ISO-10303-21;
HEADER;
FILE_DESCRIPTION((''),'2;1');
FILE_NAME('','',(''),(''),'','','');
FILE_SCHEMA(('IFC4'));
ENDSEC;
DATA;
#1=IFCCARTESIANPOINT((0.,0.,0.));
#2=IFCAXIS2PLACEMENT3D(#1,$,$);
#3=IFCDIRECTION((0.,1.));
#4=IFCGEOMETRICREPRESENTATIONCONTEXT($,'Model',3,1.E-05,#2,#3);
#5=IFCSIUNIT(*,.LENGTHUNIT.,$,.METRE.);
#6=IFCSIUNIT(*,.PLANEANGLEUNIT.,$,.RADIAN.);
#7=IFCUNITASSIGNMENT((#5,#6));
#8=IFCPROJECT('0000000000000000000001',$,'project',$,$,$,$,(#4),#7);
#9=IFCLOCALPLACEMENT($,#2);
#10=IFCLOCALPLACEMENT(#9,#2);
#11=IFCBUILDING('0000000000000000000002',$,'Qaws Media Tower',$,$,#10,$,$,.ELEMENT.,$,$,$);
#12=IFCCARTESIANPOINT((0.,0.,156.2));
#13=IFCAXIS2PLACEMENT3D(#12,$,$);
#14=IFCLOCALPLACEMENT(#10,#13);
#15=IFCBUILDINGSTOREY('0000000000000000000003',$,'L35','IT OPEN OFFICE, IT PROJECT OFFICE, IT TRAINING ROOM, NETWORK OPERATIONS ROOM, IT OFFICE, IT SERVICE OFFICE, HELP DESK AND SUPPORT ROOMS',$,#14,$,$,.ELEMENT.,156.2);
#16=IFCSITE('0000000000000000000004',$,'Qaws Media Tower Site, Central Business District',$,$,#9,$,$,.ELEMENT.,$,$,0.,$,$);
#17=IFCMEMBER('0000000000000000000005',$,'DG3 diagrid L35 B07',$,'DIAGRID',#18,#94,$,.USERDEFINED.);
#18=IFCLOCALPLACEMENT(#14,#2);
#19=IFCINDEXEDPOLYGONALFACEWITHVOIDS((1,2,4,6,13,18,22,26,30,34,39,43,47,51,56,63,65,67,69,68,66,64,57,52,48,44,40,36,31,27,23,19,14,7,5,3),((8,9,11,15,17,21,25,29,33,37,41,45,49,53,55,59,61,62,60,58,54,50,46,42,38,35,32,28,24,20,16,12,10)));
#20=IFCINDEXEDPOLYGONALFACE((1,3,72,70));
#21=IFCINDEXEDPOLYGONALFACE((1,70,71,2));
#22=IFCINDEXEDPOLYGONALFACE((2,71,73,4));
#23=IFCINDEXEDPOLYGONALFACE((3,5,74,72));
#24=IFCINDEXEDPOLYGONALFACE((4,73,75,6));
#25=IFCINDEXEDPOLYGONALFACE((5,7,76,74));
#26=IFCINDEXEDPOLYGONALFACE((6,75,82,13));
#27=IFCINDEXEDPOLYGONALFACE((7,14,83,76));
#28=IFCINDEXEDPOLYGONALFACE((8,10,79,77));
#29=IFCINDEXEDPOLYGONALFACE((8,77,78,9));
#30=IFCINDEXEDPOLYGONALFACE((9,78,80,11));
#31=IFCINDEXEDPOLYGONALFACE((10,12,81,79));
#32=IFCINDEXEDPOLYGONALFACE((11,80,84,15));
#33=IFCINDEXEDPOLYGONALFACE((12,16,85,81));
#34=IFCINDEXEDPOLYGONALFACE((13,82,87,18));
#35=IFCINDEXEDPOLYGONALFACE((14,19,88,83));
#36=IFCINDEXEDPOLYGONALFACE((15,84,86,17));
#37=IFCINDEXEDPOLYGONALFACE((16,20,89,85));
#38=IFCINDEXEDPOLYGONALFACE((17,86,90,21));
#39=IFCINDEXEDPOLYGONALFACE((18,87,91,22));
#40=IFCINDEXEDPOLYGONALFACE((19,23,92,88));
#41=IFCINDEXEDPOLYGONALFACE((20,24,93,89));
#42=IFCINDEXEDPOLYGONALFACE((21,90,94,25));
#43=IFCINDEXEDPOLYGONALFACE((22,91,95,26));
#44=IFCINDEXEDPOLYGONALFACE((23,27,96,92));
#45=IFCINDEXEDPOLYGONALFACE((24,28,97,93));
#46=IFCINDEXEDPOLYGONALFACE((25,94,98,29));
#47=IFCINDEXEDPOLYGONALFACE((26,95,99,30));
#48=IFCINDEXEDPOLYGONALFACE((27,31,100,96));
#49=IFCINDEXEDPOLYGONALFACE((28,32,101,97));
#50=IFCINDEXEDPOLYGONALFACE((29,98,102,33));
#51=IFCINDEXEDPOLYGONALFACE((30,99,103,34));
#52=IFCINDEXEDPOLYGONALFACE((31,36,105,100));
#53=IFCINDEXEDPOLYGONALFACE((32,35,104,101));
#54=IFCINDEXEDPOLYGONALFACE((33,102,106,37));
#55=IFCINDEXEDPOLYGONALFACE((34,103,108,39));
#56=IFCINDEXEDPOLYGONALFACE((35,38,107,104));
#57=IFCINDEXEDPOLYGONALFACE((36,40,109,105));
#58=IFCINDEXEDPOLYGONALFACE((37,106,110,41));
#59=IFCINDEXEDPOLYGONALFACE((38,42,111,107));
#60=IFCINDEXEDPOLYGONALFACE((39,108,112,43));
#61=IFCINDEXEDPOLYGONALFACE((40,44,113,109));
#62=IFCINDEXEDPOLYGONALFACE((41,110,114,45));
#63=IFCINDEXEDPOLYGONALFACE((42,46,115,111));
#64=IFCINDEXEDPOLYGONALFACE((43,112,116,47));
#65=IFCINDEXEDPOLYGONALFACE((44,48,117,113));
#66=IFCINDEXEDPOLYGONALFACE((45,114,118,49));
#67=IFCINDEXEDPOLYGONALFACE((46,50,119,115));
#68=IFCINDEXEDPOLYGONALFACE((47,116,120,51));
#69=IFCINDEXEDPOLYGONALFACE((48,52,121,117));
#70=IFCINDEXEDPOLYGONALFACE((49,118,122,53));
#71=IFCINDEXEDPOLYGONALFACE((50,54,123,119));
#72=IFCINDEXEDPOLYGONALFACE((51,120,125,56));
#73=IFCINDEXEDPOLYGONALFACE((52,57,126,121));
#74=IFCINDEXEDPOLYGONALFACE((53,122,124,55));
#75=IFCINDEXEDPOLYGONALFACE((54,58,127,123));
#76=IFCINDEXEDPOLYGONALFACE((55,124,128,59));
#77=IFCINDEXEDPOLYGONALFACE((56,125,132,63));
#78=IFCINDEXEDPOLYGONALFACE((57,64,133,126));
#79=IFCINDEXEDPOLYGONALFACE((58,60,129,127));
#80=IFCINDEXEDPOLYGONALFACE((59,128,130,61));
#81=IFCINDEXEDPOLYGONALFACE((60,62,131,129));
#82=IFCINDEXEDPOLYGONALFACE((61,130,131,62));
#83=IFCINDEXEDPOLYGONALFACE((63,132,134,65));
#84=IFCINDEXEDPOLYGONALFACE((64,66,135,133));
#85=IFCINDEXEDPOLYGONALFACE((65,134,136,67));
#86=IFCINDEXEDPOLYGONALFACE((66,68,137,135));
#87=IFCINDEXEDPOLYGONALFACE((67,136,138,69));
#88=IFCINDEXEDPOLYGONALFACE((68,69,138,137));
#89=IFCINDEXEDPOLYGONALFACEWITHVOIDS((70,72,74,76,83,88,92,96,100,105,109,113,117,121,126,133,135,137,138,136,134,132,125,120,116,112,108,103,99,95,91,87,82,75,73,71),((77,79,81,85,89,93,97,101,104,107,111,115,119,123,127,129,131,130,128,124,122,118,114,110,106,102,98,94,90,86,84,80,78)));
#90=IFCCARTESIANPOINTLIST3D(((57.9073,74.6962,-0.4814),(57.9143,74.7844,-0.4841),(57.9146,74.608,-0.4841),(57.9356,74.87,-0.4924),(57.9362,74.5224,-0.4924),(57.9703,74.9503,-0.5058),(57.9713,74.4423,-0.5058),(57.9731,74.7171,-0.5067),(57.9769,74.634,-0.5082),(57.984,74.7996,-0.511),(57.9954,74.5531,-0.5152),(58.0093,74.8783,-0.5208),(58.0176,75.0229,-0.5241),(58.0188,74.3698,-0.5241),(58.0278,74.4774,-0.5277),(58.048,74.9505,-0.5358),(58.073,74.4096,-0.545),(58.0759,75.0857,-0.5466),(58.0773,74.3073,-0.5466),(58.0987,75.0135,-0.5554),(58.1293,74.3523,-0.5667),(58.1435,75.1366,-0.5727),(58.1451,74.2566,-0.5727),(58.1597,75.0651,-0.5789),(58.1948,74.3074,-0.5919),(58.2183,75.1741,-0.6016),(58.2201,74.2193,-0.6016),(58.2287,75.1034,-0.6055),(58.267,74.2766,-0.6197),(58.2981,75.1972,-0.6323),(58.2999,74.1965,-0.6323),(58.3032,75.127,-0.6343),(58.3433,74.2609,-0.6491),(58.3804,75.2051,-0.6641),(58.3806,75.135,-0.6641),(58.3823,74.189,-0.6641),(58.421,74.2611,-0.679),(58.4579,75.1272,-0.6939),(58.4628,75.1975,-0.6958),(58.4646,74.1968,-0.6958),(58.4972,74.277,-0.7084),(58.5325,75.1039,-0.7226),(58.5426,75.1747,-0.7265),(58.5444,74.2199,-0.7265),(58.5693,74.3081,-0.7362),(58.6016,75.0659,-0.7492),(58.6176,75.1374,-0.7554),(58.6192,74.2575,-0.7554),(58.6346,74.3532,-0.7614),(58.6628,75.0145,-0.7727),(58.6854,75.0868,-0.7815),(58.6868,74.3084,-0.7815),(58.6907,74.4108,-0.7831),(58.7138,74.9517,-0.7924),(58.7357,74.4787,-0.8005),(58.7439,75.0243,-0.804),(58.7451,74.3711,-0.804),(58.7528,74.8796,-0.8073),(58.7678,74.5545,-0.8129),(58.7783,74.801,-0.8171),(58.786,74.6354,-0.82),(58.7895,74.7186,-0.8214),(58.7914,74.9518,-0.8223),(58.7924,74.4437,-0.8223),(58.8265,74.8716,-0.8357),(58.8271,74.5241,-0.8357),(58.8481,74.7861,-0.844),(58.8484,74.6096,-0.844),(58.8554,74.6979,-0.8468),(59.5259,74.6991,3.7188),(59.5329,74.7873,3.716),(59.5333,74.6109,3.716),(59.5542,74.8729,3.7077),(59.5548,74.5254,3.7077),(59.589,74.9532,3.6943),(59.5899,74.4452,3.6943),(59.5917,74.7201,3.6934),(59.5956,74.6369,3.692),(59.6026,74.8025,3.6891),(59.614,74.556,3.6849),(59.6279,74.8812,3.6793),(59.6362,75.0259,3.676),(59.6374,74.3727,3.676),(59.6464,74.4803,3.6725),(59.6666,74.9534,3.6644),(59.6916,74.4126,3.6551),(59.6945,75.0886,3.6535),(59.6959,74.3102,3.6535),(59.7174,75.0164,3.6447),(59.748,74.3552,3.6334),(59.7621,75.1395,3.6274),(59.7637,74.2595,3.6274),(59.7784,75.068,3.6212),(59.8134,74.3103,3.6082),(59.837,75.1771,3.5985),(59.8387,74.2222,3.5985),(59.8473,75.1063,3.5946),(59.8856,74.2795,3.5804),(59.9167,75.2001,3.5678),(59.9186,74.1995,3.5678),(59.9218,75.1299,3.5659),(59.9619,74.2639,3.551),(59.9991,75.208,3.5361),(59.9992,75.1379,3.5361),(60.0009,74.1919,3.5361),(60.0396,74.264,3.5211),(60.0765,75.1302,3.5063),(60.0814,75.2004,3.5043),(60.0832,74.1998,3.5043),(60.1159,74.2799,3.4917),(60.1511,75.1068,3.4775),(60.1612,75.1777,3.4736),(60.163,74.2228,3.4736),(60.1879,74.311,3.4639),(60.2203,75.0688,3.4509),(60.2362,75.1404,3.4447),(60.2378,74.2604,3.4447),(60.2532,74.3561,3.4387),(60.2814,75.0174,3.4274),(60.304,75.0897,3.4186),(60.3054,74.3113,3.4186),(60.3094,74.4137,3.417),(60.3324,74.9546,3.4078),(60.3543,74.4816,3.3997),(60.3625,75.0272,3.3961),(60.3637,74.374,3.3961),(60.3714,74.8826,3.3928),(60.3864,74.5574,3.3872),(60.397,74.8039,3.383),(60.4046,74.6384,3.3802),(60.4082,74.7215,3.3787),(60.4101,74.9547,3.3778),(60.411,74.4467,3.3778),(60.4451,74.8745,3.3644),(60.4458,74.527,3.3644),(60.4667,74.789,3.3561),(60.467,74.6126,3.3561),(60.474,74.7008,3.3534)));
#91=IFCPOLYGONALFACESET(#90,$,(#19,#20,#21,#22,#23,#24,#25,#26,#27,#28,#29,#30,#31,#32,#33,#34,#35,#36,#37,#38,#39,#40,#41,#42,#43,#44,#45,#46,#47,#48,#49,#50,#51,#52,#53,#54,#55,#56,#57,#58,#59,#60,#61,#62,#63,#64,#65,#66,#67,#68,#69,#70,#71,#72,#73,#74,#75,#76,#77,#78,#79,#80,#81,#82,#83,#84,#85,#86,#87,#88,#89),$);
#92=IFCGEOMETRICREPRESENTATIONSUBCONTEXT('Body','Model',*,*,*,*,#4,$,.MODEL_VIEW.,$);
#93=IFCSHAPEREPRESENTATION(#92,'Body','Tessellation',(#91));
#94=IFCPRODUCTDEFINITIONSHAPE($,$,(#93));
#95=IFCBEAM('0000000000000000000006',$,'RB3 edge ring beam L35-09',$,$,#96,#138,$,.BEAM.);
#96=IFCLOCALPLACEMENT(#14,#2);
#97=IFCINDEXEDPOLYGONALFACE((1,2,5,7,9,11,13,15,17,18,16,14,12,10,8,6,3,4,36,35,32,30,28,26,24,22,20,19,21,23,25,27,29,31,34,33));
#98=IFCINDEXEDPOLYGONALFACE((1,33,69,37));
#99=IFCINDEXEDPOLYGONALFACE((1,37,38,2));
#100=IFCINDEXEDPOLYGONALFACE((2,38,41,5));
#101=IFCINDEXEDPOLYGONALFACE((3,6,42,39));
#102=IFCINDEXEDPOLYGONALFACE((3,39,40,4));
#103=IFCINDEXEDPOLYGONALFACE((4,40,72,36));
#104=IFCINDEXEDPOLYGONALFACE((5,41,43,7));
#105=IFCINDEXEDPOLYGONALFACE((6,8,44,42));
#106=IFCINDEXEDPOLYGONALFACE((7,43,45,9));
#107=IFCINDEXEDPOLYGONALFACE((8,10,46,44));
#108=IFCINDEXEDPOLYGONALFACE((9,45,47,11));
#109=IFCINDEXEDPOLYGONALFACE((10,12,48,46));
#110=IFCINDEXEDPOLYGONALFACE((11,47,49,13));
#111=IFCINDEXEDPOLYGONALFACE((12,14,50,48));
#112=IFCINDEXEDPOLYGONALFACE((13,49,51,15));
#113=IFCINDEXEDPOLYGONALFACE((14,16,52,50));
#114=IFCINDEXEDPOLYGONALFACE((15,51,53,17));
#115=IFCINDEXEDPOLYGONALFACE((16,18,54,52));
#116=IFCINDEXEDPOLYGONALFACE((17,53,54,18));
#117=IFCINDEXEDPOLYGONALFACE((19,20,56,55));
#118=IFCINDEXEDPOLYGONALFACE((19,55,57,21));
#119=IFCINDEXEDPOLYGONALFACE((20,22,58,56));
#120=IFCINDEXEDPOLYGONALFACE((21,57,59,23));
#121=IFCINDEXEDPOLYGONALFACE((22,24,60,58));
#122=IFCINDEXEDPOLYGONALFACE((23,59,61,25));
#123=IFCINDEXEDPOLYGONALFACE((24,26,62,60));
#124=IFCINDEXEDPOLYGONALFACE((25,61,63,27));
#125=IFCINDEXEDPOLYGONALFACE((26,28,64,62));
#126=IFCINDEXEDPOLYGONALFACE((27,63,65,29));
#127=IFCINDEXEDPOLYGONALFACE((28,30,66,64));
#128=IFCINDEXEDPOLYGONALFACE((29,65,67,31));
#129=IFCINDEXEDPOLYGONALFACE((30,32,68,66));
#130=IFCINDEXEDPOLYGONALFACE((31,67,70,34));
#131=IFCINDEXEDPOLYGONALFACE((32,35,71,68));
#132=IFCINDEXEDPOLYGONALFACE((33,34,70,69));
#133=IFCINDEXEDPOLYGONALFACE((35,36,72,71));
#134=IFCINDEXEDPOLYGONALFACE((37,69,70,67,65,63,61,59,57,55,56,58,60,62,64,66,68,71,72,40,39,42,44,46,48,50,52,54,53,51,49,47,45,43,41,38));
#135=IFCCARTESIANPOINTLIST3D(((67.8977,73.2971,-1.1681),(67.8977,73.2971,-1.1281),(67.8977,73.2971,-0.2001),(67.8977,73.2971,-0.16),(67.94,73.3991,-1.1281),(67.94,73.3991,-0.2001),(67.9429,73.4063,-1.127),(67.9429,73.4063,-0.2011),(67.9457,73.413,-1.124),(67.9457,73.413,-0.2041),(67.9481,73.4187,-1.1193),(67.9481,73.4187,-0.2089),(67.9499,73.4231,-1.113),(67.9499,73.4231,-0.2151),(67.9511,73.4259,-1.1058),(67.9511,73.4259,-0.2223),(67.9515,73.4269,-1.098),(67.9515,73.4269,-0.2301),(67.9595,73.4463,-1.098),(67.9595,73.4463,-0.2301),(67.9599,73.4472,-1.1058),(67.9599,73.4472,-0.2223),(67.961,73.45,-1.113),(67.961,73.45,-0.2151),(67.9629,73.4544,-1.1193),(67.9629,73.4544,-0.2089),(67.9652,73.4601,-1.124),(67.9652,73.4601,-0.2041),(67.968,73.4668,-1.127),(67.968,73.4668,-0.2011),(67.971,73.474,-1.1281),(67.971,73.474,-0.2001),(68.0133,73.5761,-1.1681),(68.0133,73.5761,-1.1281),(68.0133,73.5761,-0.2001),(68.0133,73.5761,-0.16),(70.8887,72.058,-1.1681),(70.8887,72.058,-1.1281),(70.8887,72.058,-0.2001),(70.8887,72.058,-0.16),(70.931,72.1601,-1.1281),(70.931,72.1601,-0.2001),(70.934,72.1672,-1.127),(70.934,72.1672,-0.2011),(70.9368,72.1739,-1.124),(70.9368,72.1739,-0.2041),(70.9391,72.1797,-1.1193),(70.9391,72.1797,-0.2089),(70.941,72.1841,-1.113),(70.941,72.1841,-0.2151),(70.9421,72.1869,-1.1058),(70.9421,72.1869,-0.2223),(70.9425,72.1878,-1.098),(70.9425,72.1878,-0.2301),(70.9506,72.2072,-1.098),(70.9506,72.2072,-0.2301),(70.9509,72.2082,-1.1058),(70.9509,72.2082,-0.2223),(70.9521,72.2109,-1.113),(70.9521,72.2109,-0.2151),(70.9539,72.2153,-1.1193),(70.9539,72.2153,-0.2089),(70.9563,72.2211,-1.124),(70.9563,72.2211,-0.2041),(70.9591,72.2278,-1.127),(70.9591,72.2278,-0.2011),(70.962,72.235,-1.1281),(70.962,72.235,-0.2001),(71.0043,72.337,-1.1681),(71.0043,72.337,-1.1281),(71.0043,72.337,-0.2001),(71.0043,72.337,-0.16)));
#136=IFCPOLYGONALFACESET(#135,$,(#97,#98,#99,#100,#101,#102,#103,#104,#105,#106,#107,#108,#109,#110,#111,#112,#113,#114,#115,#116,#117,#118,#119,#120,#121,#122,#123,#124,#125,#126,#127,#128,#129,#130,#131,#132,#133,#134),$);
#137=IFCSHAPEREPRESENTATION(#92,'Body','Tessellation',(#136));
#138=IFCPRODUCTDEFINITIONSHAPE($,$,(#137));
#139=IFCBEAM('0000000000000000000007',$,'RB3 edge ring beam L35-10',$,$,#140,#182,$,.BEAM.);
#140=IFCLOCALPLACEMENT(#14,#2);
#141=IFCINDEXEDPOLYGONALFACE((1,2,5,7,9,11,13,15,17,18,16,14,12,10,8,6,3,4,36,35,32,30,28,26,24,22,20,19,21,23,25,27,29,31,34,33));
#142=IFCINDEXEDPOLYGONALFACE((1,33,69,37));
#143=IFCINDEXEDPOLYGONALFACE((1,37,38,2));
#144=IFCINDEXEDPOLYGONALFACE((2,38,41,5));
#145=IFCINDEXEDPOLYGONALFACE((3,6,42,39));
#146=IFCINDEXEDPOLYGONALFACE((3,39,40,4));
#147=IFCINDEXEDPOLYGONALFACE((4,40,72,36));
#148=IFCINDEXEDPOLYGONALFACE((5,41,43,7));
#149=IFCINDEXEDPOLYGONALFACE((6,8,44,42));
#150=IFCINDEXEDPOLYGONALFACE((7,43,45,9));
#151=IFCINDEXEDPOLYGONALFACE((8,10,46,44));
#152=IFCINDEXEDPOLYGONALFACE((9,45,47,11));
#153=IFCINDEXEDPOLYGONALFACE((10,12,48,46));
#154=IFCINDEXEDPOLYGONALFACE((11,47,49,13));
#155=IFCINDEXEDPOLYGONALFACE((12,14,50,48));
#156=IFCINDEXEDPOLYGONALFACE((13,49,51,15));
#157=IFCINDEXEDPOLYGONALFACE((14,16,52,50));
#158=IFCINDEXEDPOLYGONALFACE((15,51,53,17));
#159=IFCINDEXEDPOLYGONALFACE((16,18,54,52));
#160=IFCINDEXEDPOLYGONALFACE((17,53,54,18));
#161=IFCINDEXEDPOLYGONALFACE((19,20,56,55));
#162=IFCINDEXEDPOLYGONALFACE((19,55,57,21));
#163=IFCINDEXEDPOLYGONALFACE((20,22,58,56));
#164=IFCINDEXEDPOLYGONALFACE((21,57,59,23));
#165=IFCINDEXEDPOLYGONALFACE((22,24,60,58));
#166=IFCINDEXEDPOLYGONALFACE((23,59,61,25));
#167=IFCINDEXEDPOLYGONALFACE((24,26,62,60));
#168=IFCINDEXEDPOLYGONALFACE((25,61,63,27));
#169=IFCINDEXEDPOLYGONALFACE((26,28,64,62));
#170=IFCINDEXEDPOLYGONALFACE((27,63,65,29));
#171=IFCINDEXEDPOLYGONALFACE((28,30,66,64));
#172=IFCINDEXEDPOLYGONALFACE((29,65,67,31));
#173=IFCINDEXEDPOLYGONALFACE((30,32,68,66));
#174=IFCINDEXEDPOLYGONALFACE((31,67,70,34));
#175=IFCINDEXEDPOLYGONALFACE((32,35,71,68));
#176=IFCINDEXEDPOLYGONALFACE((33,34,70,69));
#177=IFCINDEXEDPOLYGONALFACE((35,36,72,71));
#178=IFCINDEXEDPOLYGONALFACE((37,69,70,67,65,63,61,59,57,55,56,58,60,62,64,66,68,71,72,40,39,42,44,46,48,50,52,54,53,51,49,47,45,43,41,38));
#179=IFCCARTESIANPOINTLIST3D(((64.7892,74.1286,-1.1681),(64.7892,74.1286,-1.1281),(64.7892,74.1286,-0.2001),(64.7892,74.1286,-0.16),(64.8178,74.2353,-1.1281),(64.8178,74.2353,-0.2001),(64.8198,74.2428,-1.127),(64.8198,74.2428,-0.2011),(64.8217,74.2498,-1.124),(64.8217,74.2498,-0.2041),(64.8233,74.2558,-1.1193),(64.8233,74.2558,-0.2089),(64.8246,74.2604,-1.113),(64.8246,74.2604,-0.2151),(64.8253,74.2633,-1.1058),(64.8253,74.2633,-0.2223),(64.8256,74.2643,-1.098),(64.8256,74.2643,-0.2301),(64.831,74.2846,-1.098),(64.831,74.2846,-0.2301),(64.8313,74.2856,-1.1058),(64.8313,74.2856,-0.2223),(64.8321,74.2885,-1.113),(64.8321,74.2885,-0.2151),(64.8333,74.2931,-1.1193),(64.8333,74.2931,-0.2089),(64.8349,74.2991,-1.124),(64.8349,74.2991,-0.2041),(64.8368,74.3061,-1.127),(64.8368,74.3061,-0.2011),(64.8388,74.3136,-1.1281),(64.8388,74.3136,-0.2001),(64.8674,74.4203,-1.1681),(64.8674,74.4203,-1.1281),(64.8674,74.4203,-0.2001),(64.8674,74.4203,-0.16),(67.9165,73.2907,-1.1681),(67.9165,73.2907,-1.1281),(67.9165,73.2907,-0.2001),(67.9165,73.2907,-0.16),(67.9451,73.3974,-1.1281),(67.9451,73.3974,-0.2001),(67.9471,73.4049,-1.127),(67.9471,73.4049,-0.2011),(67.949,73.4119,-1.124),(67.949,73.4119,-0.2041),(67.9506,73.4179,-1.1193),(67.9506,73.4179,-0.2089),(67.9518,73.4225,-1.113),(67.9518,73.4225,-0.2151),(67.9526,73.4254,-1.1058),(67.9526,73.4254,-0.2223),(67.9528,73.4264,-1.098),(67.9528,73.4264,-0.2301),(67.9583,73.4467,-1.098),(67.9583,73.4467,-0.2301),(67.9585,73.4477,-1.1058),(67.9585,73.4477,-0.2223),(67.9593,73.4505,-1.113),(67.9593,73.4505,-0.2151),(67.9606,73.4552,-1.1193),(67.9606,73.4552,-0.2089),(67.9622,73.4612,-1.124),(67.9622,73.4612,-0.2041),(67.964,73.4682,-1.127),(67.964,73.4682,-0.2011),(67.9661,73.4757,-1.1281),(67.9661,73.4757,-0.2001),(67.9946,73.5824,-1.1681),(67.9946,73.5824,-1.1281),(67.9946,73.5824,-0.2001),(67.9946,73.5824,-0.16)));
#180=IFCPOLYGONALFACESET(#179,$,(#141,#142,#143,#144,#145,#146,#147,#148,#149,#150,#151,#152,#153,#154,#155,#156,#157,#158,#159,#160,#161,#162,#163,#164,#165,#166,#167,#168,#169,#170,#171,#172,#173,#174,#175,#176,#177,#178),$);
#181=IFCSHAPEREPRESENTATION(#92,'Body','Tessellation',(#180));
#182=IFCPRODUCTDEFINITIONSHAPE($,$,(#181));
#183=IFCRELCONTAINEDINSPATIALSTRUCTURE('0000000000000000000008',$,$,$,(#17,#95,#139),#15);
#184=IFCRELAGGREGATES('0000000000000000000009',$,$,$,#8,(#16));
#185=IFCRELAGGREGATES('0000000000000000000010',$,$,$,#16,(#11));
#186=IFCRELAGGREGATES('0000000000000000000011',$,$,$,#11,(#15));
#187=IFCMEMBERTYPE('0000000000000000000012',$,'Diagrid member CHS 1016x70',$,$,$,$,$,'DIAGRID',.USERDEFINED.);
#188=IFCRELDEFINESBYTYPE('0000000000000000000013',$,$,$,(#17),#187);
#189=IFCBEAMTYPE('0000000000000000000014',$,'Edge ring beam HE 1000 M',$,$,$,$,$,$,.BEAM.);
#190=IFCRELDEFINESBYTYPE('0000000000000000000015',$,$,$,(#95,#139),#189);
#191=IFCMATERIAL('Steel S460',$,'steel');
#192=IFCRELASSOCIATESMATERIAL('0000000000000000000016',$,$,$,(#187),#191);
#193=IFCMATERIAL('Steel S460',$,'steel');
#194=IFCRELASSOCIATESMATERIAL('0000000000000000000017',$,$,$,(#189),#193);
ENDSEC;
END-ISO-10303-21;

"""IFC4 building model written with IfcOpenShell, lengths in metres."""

from ifc_helpers import new_model, si_unit, direction, frame, origin, origin_2d, place, context, subcontext, project, spatial, hollow_circle, i_section, extrude, material, material_profile, profile_set, type_object, element, save


model = new_model("IFC4")

# Units and contexts
model_context = context("Model", 3, precision=1e-05, world=origin(), true_north=direction((0.0, 1.0)))
body_context = subcontext(model_context, "Body", "Model", "MODEL_VIEW")
ifc_project = project(units=[si_unit("LENGTHUNIT", "METRE"), si_unit("PLANEANGLEUNIT", "RADIAN")], contexts=[model_context])

# Site, building, storey
site_placement = place(None, origin())
site = spatial("IfcSite", under=ifc_project, at=site_placement, Name="Qaws Media Tower Site, Central Business District", CompositionType="ELEMENT", RefElevation=0.0)
building_placement = place(site_placement, origin())
building = spatial("IfcBuilding", under=site, at=building_placement, Name="Qaws Media Tower", CompositionType="ELEMENT")
storey_placement = place(building_placement, frame((0.0, 0.0, 156.2)))
storey = spatial("IfcBuildingStorey", under=building, at=storey_placement, Name="L35", Description="IT OPEN OFFICE, IT PROJECT OFFICE, IT TRAINING ROOM, NETWORK OPERATIONS ROOM, IT OFFICE, IT SERVICE OFFICE, HELP DESK AND SUPPORT ROOMS", CompositionType="ELEMENT", Elevation=156.2)

# Member
ifc_material_1 = material(Name="Steel S460", Category="steel")
ifc_material_profile_1 = material_profile(ifc_material_1, hollow_circle(Radius=0.5081, WallThickness=0.0701, at=origin_2d()), Name="CHS 1016x70")
ifc_profile_set_1 = profile_set([ifc_material_profile_1], Name="Steel S460")
member_type_1 = type_object("IfcMemberType", Name="Diagrid member CHS 1016x70", ElementType="DIAGRID", PredefinedType="USERDEFINED", material=ifc_profile_set_1)
member_1_placement = place(storey_placement, frame((58.3813, 74.697, -0.6641), z_axis=(0.359597, 0.000651, 0.933108), x_axis=(-0.00181, 0.999998, 0.0)))
element("IfcMember", 1, at=member_1_placement, inside=storey, type_object=member_type_1, Name="DG3 diagrid L35 B07", ObjectType="DIAGRID", PredefinedType="USERDEFINED", context=body_context, shape_type="SweptSolid", body=[
    extrude(hollow_circle(Radius=0.5081, WallThickness=0.0701, at=origin_2d()), origin(), (0.0, 0.0, 1.0), 4.5012),
])

# Beams
ifc_material_2 = material(Name="Steel S460", Category="steel")
ifc_material_profile_2 = material_profile(ifc_material_2, i_section(OverallWidth=0.302, OverallDepth=1.0081, WebThickness=0.021, FlangeThickness=0.04, FilletRadius=0.03, at=origin_2d()), Name="HE 1000 M")
ifc_profile_set_2 = profile_set([ifc_material_profile_2], Name="Steel S460")
beam_type = type_object("IfcBeamType", Name="Edge ring beam HE 1000 M", PredefinedType="BEAM", material=ifc_profile_set_2)
for number, where, z_axis, x_axis, name in (
    (2, (70.9465, 72.1975, -0.6641), (-0.923867, 0.382714, 0.0), (-0.382714, -0.923867, 0.0), "RB3 edge ring beam L35-09"),
    (3, (67.9556, 73.4365, -0.6641), (-0.965929, 0.258808, 0.0), (-0.258808, -0.965929, 0.0), "RB3 edge ring beam L35-10"),
):
    element("IfcBeam", number, at=place(storey_placement, frame(where, z_axis=z_axis, x_axis=x_axis)), inside=storey, type_object=beam_type, Name=name, PredefinedType="BEAM", context=body_context, shape_type="SweptSolid", body=[
        extrude(i_section(OverallWidth=0.302, OverallDepth=1.0081, WebThickness=0.021, FlangeThickness=0.04, FilletRadius=0.03, at=origin_2d()), origin(), (0.0, 0.0, 1.0), 3.2375),
    ])

save(model, "model.ifc")
